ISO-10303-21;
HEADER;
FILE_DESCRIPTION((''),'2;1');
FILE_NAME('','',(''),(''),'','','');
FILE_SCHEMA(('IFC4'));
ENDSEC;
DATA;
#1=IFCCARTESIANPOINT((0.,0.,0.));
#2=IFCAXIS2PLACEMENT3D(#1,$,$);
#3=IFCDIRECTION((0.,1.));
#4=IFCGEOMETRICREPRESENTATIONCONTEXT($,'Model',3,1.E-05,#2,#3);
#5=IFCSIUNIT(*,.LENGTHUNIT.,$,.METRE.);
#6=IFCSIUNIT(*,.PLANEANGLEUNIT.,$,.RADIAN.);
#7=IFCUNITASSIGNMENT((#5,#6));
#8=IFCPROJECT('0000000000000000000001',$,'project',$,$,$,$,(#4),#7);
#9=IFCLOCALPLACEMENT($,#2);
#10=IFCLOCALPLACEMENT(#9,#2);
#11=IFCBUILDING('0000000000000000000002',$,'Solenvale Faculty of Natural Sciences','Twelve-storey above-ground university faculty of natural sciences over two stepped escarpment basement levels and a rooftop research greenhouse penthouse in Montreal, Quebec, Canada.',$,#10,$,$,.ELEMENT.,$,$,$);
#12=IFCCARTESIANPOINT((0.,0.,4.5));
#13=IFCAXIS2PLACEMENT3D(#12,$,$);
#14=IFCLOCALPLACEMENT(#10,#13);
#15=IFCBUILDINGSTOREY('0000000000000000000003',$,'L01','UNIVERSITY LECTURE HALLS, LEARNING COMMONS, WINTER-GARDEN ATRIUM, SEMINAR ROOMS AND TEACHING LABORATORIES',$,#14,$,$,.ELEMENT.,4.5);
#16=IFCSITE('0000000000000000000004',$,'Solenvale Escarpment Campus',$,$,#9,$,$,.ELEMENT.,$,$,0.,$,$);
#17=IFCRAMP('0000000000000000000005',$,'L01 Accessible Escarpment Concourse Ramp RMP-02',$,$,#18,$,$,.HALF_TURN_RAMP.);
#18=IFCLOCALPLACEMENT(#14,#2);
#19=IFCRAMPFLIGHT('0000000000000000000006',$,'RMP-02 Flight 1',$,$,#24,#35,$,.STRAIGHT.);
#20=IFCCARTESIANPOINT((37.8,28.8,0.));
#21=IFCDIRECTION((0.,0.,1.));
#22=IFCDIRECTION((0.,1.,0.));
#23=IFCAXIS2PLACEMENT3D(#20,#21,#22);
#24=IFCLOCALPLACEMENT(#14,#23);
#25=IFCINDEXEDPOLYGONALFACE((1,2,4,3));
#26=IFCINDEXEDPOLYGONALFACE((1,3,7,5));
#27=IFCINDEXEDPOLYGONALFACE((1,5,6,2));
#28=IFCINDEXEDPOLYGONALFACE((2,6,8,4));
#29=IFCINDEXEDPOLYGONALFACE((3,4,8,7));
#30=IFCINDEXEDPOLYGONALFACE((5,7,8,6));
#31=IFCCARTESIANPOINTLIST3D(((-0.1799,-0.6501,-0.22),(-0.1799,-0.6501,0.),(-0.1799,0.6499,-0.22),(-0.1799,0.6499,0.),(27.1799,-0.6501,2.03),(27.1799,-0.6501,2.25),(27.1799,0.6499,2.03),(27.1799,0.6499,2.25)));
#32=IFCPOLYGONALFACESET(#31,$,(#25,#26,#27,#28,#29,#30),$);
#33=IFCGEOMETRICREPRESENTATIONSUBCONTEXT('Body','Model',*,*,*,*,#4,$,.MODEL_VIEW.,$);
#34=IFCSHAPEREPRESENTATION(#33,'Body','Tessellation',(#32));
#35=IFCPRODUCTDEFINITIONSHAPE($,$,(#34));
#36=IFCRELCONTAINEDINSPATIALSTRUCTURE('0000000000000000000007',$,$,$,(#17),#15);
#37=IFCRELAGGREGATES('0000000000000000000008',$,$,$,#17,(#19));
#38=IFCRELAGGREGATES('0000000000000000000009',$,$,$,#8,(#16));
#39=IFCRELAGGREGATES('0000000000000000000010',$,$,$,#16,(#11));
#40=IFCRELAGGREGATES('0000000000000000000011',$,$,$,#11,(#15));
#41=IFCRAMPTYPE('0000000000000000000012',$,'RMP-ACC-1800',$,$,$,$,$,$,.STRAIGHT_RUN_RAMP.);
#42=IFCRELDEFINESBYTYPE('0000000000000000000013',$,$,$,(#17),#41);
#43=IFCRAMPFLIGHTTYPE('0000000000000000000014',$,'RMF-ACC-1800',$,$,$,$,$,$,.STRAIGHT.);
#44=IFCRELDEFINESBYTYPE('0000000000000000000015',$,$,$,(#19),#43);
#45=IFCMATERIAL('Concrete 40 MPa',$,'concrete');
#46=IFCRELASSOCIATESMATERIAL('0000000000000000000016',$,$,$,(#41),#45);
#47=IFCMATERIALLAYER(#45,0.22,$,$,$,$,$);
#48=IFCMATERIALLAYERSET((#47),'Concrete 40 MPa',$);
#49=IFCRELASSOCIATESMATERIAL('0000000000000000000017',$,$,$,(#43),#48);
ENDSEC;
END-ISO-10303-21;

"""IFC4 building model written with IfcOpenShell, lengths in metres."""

from ifc_helpers import new_model, si_unit, direction, frame, origin, place, context, subcontext, project, spatial, polyline, outline, extrude, material, layer, layer_set, type_object, element, aggregate, save


model = new_model("IFC4")

# Units and contexts
model_context = context("Model", 3, precision=1e-05, world=origin(), true_north=direction((0.0, 1.0)))
body_context = subcontext(model_context, "Body", "Model", "MODEL_VIEW")
ifc_project = project(units=[si_unit("LENGTHUNIT", "METRE"), si_unit("PLANEANGLEUNIT", "RADIAN")], contexts=[model_context])

# Site, building, storey
site_placement = place(None, origin())
site = spatial("IfcSite", under=ifc_project, at=site_placement, Name="Solenvale Escarpment Campus", CompositionType="ELEMENT", RefElevation=0.0)
building_placement = place(site_placement, origin())
building = spatial("IfcBuilding", under=site, at=building_placement, Name="Solenvale Faculty of Natural Sciences", Description="Twelve-storey above-ground university faculty of natural sciences over two stepped escarpment basement levels and a rooftop research greenhouse penthouse in Montreal, Quebec, Canada.", CompositionType="ELEMENT")
storey_placement = place(building_placement, frame((0.0, 0.0, 4.5)))
storey = spatial("IfcBuildingStorey", under=building, at=storey_placement, Name="L01", Description="UNIVERSITY LECTURE HALLS, LEARNING COMMONS, WINTER-GARDEN ATRIUM, SEMINAR ROOMS AND TEACHING LABORATORIES", CompositionType="ELEMENT", Elevation=4.5)

# Shared definitions
ifc_material_1 = material(Name="Concrete 40 MPa", Category="concrete")

# Ramp, ramp flight
ramp_type = type_object("IfcRampType", Name="RMP-ACC-1800", PredefinedType="STRAIGHT_RUN_RAMP", material=ifc_material_1)
ramp_placement = place(storey_placement, origin())
ramp = element("IfcRamp", 1, at=ramp_placement, inside=storey, type_object=ramp_type, Name="L01 Accessible Escarpment Concourse Ramp RMP-02", PredefinedType="HALF_TURN_RAMP")
ifc_layer = layer(ifc_material_1, 0.22)
ifc_layer_set = layer_set([ifc_layer], Name="Concrete 40 MPa")
ramp_flight_type = type_object("IfcRampFlightType", Name="RMF-ACC-1800", PredefinedType="STRAIGHT", material=ifc_layer_set)
ramp_flight_placement = place(storey_placement, frame((37.8, 28.8, 0.0), z_axis=(0.0, 0.0, 1.0), x_axis=(0.0, 1.0, 0.0)))
ramp_flight = element("IfcRampFlight", 2, at=ramp_flight_placement, type_object=ramp_flight_type, Name="RMP-02 Flight 1", PredefinedType="STRAIGHT", context=body_context, shape_type="SweptSolid", body=[
    extrude(outline(polyline([(-0.1799, 0.0), (27.1799, 2.25), (27.1799, 2.03), (-0.1799, -0.22), (-0.1799, 0.0)])), frame((0.0, 0.6499, 0.0), z_axis=(0.0, -1.0, 0.0), x_axis=(1.0, 0.0, 0.0)), (0.0, 0.0, 1.0), 1.3),
])
aggregate(ramp, [ramp_flight])

save(model, "model.ifc")
